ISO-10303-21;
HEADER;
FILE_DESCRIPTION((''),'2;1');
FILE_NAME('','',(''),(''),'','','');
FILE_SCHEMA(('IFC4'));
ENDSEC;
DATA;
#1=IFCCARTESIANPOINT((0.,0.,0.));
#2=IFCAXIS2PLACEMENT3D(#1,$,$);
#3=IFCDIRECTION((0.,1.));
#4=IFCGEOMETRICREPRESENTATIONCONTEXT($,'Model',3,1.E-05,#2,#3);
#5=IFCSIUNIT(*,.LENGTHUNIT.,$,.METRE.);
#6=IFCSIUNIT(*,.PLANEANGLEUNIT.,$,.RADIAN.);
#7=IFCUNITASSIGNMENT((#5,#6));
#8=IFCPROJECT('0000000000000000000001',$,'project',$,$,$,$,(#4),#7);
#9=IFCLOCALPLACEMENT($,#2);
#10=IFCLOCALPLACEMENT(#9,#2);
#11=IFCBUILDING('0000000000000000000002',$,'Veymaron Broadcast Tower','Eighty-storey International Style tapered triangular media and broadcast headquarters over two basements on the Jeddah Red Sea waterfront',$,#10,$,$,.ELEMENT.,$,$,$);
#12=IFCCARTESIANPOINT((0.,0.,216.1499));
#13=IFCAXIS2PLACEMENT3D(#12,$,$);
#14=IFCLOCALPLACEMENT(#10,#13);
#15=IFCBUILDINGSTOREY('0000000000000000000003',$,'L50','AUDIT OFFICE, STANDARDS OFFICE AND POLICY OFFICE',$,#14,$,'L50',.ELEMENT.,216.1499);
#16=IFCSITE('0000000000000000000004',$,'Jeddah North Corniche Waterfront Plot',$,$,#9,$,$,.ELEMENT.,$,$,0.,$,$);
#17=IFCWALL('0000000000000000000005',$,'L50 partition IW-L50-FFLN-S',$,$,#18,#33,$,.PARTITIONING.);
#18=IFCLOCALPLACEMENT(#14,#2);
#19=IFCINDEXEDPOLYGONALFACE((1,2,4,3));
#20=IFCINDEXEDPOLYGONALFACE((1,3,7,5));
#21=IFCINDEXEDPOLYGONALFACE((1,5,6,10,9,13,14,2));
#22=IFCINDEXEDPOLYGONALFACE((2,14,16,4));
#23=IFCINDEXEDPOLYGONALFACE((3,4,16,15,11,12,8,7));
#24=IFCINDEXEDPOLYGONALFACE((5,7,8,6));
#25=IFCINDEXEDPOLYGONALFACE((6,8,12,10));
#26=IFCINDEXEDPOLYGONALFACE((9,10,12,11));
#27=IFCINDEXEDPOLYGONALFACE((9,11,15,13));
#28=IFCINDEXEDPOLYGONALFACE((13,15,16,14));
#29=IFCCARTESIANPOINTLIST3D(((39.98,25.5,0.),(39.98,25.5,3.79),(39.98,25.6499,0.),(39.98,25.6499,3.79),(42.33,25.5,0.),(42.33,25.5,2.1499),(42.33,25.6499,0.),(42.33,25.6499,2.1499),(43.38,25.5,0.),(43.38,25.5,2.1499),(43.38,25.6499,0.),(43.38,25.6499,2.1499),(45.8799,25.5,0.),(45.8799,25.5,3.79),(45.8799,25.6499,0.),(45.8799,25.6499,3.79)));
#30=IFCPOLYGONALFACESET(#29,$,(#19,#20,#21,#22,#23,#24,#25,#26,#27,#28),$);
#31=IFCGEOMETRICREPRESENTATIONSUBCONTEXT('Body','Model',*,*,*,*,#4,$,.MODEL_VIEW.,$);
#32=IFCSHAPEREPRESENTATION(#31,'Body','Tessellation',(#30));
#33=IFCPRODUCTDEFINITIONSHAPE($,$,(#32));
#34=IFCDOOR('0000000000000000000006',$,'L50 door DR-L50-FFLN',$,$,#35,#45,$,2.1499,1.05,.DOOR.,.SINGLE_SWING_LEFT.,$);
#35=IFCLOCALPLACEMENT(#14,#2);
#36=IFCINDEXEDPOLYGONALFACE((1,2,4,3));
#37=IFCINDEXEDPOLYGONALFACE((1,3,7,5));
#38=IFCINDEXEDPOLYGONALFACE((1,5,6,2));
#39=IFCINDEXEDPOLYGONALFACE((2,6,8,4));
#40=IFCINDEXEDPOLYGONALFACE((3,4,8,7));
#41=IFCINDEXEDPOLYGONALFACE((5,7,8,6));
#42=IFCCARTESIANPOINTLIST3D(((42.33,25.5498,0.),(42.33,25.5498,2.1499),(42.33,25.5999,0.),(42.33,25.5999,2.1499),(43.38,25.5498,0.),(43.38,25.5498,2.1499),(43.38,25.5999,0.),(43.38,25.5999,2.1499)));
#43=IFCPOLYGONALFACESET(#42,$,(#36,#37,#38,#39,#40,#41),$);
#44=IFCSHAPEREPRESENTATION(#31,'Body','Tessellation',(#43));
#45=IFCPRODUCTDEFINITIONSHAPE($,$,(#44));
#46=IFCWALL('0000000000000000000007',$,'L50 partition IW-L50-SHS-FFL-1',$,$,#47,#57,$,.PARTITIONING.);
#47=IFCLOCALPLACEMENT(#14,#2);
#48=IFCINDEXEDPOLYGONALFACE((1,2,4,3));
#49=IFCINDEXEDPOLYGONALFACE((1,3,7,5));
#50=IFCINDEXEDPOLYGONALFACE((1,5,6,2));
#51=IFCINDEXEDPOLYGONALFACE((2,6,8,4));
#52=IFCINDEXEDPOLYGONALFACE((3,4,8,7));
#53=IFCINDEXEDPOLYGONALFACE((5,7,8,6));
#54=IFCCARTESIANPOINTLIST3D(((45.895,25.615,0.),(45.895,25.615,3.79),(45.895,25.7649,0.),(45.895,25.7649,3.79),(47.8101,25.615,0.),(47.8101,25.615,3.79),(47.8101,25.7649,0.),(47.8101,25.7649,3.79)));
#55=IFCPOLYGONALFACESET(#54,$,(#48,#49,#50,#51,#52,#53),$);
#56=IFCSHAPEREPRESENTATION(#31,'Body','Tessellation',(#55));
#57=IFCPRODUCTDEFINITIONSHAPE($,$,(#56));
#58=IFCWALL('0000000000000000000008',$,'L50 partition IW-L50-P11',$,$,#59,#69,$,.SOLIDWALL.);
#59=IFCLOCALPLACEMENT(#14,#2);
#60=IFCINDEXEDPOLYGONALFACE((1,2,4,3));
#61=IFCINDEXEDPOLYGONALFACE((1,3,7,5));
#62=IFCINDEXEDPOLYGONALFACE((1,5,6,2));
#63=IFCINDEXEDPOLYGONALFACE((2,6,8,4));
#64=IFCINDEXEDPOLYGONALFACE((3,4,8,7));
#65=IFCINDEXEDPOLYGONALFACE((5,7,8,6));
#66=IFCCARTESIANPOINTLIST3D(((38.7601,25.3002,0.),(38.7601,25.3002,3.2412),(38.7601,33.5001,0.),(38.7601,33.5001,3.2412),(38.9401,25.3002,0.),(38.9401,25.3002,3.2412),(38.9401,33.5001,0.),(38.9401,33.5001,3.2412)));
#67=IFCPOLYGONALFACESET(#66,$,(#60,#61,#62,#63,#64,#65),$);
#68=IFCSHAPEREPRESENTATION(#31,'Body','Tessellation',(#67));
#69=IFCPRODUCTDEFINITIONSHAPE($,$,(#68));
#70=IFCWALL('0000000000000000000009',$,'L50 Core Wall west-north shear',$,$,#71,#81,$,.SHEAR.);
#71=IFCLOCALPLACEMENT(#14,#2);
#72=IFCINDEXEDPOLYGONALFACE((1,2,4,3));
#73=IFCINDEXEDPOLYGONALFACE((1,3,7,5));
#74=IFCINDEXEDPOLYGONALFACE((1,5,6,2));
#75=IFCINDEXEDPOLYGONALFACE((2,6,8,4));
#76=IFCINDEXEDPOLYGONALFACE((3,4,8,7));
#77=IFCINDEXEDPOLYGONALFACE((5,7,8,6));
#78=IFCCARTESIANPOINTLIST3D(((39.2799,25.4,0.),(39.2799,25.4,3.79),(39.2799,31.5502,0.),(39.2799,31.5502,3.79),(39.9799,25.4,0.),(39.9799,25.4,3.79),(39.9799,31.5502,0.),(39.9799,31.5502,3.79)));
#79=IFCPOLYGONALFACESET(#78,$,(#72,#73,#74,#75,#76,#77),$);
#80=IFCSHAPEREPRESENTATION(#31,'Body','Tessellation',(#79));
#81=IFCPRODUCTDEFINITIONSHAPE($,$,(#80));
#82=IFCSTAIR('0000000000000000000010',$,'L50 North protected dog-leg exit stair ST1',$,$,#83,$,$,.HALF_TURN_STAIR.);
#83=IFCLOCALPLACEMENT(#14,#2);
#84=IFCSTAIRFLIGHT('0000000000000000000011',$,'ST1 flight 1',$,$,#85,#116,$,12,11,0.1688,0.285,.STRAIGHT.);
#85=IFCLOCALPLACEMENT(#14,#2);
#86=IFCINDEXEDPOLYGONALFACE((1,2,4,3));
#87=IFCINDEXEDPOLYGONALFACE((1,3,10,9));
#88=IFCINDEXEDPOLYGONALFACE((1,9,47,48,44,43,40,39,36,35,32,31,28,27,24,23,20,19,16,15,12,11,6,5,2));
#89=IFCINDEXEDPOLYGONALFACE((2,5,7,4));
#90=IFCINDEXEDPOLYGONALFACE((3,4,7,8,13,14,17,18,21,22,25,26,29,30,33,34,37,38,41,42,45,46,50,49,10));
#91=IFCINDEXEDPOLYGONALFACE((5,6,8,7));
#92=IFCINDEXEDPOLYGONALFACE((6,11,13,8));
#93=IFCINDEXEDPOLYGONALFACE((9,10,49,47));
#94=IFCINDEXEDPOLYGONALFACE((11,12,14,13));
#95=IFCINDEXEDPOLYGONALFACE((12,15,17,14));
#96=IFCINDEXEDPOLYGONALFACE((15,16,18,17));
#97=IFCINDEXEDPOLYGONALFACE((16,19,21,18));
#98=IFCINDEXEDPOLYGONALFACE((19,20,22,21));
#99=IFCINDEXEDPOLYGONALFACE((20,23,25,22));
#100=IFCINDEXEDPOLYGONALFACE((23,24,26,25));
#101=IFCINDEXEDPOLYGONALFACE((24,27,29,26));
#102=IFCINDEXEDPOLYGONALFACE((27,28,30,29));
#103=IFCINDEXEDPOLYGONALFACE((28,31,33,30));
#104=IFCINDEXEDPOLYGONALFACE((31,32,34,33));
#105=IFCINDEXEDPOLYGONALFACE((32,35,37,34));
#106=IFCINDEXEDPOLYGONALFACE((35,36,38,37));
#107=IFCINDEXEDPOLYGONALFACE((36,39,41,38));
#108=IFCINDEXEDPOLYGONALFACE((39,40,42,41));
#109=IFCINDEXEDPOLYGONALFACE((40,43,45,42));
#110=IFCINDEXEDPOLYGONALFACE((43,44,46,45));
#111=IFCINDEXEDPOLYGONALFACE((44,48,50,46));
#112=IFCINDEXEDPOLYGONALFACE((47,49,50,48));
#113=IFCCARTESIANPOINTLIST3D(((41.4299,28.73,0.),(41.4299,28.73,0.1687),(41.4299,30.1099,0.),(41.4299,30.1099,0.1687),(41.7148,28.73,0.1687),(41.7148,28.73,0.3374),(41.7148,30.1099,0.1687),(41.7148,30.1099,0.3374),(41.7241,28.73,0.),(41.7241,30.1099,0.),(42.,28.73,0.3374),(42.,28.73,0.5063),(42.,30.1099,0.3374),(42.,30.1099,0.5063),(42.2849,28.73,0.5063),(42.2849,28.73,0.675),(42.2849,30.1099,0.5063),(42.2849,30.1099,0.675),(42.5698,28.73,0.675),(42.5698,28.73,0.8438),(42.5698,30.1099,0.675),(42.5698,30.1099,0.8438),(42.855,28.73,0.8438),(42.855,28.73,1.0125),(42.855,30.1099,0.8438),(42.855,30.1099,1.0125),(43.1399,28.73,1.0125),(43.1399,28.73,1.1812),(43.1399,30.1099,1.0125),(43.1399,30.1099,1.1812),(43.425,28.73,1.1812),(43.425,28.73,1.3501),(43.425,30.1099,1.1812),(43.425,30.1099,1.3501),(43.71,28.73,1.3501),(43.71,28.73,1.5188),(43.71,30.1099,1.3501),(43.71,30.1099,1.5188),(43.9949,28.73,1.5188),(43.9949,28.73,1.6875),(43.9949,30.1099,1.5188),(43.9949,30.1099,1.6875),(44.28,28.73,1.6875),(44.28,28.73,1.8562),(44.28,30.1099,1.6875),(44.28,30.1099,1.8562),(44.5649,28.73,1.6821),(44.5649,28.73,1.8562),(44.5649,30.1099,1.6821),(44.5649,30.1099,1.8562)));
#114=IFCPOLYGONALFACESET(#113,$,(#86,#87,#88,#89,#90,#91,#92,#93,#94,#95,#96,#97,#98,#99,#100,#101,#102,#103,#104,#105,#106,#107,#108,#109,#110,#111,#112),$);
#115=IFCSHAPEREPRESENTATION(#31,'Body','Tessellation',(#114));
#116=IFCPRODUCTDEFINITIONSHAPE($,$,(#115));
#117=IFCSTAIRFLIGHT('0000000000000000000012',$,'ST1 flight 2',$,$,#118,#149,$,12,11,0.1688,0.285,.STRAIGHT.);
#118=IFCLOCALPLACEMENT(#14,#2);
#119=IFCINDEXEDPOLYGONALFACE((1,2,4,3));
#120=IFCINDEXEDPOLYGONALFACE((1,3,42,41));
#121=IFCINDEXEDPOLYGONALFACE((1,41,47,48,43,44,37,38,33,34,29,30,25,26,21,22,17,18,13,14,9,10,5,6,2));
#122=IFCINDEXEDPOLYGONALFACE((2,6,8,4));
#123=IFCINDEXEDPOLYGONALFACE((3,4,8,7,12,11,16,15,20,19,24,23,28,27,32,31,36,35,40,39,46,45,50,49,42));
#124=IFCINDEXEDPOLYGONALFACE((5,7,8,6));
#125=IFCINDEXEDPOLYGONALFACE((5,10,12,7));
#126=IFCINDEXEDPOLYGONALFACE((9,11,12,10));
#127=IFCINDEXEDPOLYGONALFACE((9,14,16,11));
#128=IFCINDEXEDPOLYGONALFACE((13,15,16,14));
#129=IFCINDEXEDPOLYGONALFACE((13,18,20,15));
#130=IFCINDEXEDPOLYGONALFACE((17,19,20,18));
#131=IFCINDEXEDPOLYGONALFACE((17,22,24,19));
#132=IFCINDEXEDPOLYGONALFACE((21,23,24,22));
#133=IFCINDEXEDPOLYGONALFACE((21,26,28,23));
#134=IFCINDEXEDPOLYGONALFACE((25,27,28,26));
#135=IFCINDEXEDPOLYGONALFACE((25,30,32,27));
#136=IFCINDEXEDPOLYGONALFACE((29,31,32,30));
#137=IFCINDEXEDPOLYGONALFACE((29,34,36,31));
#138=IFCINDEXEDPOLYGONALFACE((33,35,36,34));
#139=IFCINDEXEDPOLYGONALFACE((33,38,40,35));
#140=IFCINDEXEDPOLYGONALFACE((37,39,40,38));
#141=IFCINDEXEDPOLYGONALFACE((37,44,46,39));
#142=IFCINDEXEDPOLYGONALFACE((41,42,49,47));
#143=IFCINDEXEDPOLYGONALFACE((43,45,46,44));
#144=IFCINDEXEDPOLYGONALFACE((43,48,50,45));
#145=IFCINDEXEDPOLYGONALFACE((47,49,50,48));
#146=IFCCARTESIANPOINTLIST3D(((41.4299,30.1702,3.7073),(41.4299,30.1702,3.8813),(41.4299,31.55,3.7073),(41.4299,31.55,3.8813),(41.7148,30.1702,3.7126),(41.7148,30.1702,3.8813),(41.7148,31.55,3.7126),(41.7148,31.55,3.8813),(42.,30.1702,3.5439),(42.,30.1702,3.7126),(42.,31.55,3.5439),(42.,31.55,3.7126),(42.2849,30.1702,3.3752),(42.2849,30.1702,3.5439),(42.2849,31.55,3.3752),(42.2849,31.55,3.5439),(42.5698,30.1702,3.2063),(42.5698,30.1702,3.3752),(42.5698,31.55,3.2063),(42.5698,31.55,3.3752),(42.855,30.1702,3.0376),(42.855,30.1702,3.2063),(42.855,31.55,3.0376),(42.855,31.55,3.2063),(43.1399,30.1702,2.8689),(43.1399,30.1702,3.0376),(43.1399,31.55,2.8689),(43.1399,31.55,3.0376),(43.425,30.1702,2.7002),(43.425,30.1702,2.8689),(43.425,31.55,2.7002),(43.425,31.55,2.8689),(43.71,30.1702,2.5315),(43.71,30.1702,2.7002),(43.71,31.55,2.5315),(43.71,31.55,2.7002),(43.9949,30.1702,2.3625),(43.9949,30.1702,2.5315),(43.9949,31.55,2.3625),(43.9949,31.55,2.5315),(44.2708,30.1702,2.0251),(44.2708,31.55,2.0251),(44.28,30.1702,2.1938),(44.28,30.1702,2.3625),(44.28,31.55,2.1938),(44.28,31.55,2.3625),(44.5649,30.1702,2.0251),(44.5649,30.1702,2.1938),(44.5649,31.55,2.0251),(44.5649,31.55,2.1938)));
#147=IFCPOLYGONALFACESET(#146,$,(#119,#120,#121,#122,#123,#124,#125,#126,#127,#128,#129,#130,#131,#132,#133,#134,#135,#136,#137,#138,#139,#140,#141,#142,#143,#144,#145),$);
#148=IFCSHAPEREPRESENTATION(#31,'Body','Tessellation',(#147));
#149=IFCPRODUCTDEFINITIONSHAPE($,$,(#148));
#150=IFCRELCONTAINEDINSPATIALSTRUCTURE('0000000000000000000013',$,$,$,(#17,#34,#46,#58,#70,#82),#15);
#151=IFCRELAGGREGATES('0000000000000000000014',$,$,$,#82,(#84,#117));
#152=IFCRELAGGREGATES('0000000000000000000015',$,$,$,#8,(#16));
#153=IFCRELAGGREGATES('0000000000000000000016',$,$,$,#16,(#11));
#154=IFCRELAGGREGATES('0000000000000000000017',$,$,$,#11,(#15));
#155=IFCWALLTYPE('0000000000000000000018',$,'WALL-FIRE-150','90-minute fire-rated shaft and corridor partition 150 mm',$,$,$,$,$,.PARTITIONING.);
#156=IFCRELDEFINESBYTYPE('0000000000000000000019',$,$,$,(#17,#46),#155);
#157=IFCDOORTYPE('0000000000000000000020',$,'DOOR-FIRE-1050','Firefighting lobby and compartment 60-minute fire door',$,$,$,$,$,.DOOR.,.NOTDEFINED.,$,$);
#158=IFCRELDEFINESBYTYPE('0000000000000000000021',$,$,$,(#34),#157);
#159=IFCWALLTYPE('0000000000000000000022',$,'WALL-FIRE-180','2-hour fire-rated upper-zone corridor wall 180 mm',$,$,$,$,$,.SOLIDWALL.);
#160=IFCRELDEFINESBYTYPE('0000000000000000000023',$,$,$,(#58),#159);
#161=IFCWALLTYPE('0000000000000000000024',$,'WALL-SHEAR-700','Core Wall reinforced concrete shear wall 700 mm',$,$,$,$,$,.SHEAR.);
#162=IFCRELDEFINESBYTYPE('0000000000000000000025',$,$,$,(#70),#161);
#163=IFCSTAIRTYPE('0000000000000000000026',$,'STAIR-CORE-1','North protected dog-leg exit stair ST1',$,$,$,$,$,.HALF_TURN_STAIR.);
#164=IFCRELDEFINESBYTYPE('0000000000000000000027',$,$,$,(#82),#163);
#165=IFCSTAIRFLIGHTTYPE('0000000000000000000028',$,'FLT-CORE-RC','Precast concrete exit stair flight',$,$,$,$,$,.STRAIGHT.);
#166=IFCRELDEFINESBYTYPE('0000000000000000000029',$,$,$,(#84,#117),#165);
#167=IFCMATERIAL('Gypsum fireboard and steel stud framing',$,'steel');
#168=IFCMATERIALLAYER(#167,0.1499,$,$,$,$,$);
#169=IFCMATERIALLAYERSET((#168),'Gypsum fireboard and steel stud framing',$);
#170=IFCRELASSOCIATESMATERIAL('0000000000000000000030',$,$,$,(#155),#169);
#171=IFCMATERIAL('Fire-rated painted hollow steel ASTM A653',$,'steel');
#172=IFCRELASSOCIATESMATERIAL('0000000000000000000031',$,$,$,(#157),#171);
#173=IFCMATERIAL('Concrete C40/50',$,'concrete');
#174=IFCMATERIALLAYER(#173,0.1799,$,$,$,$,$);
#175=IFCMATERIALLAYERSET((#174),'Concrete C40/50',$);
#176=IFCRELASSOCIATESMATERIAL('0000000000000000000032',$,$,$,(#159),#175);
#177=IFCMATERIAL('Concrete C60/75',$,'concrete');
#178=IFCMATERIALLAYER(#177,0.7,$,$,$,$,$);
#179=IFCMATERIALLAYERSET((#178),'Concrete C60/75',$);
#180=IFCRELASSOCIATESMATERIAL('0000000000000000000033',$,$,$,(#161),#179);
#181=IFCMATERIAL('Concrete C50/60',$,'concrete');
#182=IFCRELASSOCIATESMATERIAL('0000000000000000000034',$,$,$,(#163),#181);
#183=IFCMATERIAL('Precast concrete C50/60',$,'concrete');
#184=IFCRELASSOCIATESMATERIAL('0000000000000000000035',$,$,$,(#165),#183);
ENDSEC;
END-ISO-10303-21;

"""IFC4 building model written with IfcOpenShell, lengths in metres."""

from ifc_helpers import new_model, si_unit, direction, frame, frame_2d, origin, place, context, subcontext, project, spatial, polyline, rectangle, outline, extrude, material, layer, layer_set, type_object, element, fill, aggregate, save


model = new_model("IFC4")

# Units and contexts
model_context = context("Model", 3, precision=1e-05, world=origin(), true_north=direction((0.0, 1.0)))
body_context = subcontext(model_context, "Body", "Model", "MODEL_VIEW")
ifc_project = project(units=[si_unit("LENGTHUNIT", "METRE"), si_unit("PLANEANGLEUNIT", "RADIAN")], contexts=[model_context])

# Site, building, storey
site_placement = place(None, origin())
site = spatial("IfcSite", under=ifc_project, at=site_placement, Name="Jeddah North Corniche Waterfront Plot", CompositionType="ELEMENT", RefElevation=0.0)
building_placement = place(site_placement, origin())
building = spatial("IfcBuilding", under=site, at=building_placement, Name="Veymaron Broadcast Tower", Description="Eighty-storey International Style tapered triangular media and broadcast headquarters over two basements on the Jeddah Red Sea waterfront", CompositionType="ELEMENT")
storey_placement = place(building_placement, frame((0.0, 0.0, 216.1499)))
storey = spatial("IfcBuildingStorey", under=building, at=storey_placement, Name="L50", Description="AUDIT OFFICE, STANDARDS OFFICE AND POLICY OFFICE", LongName="L50", CompositionType="ELEMENT", Elevation=216.1499)

# Wall, opening, door
ifc_material_1 = material(Name="Gypsum fireboard and steel stud framing", Category="steel")
ifc_layer_1 = layer(ifc_material_1, 0.1499)
ifc_layer_set_1 = layer_set([ifc_layer_1], Name="Gypsum fireboard and steel stud framing")
wall_type_1 = type_object("IfcWallType", Name="WALL-FIRE-150", Description="90-minute fire-rated shaft and corridor partition 150 mm", PredefinedType="PARTITIONING", material=ifc_layer_set_1)
wall_1_placement = place(storey_placement, frame((39.98, 25.575, 0.0), z_axis=(0.0, 0.0, 1.0), x_axis=(1.0, 0.0, 0.0)))
wall_1 = element("IfcWall", 1, at=wall_1_placement, inside=storey, type_object=wall_type_1, Name="L50 partition IW-L50-FFLN-S", PredefinedType="PARTITIONING", context=body_context, shape_type="SweptSolid", body=[
    extrude(rectangle(XDim=5.8999, YDim=0.1499, at=frame_2d((2.95, 0.0))), origin(), (0.0, 0.0, 1.0), 3.79),
])
opening_1_placement = place(wall_1_placement, frame((2.3501, 0.0, 0.0)))
opening_1 = element("IfcOpeningElement", 2, at=opening_1_placement, cuts=wall_1, PredefinedType="OPENING", context=body_context, shape_type="SweptSolid", body=[
    extrude(rectangle(XDim=1.05, YDim=2.1499, at=frame_2d((0.5249, 1.075))), frame((0.0, 0.085, 0.0), z_axis=(0.0, -1.0, 0.0), x_axis=(1.0, 0.0, 0.0)), (0.0, 0.0, 1.0), 0.1699),
])
ifc_material_2 = material(Name="Fire-rated painted hollow steel ASTM A653", Category="steel")
door_type_1 = type_object("IfcDoorType", Name="DOOR-FIRE-1050", Description="Firefighting lobby and compartment 60-minute fire door", OperationType="NOTDEFINED", PredefinedType="DOOR", material=ifc_material_2)
door_1_placement = place(opening_1_placement, origin())
door_1 = element("IfcDoor", 3, at=door_1_placement, inside=storey, type_object=door_type_1, Name="L50 door DR-L50-FFLN", OperationType="SINGLE_SWING_LEFT", OverallHeight=2.1499, OverallWidth=1.05, PredefinedType="DOOR", context=body_context, shape_type="SweptSolid", body=[
    extrude(rectangle(XDim=1.05, YDim=2.1499, at=frame_2d((0.5249, 1.075))), frame((0.0, 0.0249, 0.0), z_axis=(0.0, -1.0, 0.0), x_axis=(1.0, 0.0, 0.0)), (0.0, 0.0, 1.0), 0.05),
])
fill(opening_1, door_1)

# Walls
wall_2_placement = place(storey_placement, frame((45.895, 25.6899, 0.0), z_axis=(0.0, 0.0, 1.0), x_axis=(1.0, 0.0, 0.0)))
element("IfcWall", 4, at=wall_2_placement, inside=storey, type_object=wall_type_1, Name="L50 partition IW-L50-SHS-FFL-1", PredefinedType="PARTITIONING", context=body_context, shape_type="SweptSolid", body=[
    extrude(rectangle(XDim=1.915, YDim=0.1499, at=frame_2d((0.9575, 0.0))), origin(), (0.0, 0.0, 1.0), 3.79),
])
ifc_material_3 = material(Name="Concrete C40/50", Category="concrete")
ifc_layer_2 = layer(ifc_material_3, 0.1799)
ifc_layer_set_2 = layer_set([ifc_layer_2], Name="Concrete C40/50")
wall_type_2 = type_object("IfcWallType", Name="WALL-FIRE-180", Description="2-hour fire-rated upper-zone corridor wall 180 mm", PredefinedType="SOLIDWALL", material=ifc_layer_set_2)
wall_3_placement = place(storey_placement, frame((38.8501, 25.3, 0.0), z_axis=(0.0, 0.0, 1.0), x_axis=(0.0, 1.0, 0.0)))
element("IfcWall", 5, at=wall_3_placement, inside=storey, type_object=wall_type_2, Name="L50 partition IW-L50-P11", PredefinedType="SOLIDWALL", context=body_context, shape_type="SweptSolid", body=[
    extrude(rectangle(XDim=8.2, YDim=0.1799, at=frame_2d((4.1001, 0.0))), origin(), (0.0, 0.0, 1.0), 3.2412),
])

# Shared definitions
ifc_material_4 = material(Name="Concrete C50/60", Category="concrete")

# Wall
ifc_material_5 = material(Name="Concrete C60/75", Category="concrete")
ifc_layer_3 = layer(ifc_material_5, 0.7)
ifc_layer_set_3 = layer_set([ifc_layer_3], Name="Concrete C60/75")
wall_type_3 = type_object("IfcWallType", Name="WALL-SHEAR-700", Description="Core Wall reinforced concrete shear wall 700 mm", PredefinedType="SHEAR", material=ifc_layer_set_3)
wall_4_placement = place(storey_placement, frame((39.6299, 25.3999, 0.0), z_axis=(0.0, 0.0, 1.0), x_axis=(0.0, 1.0, 0.0)))
element("IfcWall", 6, at=wall_4_placement, inside=storey, type_object=wall_type_3, Name="L50 Core Wall west-north shear", PredefinedType="SHEAR", context=body_context, shape_type="SweptSolid", body=[
    extrude(rectangle(XDim=6.1501, YDim=0.7, at=frame_2d((3.0752, 0.0))), origin(), (0.0, 0.0, 1.0), 3.79),
])

# Stair, stair flights
stair_type = type_object("IfcStairType", Name="STAIR-CORE-1", Description="North protected dog-leg exit stair ST1", PredefinedType="HALF_TURN_STAIR", material=ifc_material_4)
stair_placement = place(storey_placement, origin())
stair = element("IfcStair", 7, at=stair_placement, inside=storey, type_object=stair_type, Name="L50 North protected dog-leg exit stair ST1", PredefinedType="HALF_TURN_STAIR")
ifc_material_6 = material(Name="Precast concrete C50/60", Category="concrete")
stair_flight_type = type_object("IfcStairFlightType", Name="FLT-CORE-RC", Description="Precast concrete exit stair flight", PredefinedType="STRAIGHT", material=ifc_material_6)
stair_flight_1_placement = place(storey_placement, frame((41.4299, 29.4199, 0.0), z_axis=(0.0, 0.0, 1.0), x_axis=(1.0, 0.0, 0.0)))
stair_flight_1 = element("IfcStairFlight", 8, at=stair_flight_1_placement, type_object=stair_flight_type, Name="ST1 flight 1", NumberOfRisers=12, NumberOfTreads=11, PredefinedType="STRAIGHT", RiserHeight=0.1688, TreadLength=0.285, context=body_context, shape_type="SweptSolid", body=[
    extrude(outline(polyline([(0.0, 0.0), (0.0, 0.1687), (0.2849, 0.1687), (0.2849, 0.3374), (0.5701, 0.3374), (0.5701, 0.5063), (0.855, 0.5063), (0.855, 0.675), (1.1399, 0.675), (1.1399, 0.8438), (1.425, 0.8438), (1.425, 1.0125), (1.71, 1.0125), (1.71, 1.1812), (1.9951, 1.1812), (1.9951, 1.3501), (2.28, 1.3501), (2.28, 1.5188), (2.5649, 1.5188), (2.5649, 1.6875), (2.8501, 1.6875), (2.8501, 1.8562), (3.135, 1.8562), (3.135, 2.0249), (3.135, 1.6821), (0.2942, 0.0), (0.0, 0.0)])), frame((0.0, 0.6899, 0.0), z_axis=(0.0, -1.0, 0.0), x_axis=(1.0, 0.0, 0.0)), (0.0, 0.0, 1.0), 1.3799),
])
stair_flight_2_placement = place(storey_placement, frame((44.5649, 30.8601, 2.0251), z_axis=(0.0, 0.0, 1.0), x_axis=(-1.0, 0.0, 0.0)))
stair_flight_2 = element("IfcStairFlight", 9, at=stair_flight_2_placement, type_object=stair_flight_type, Name="ST1 flight 2", NumberOfRisers=12, NumberOfTreads=11, PredefinedType="STRAIGHT", RiserHeight=0.1688, TreadLength=0.285, context=body_context, shape_type="SweptSolid", body=[
    extrude(outline(polyline([(0.0, 0.0), (0.0, 0.1687), (0.2849, 0.1687), (0.2849, 0.3374), (0.5701, 0.3374), (0.5701, 0.5063), (0.855, 0.5063), (0.855, 0.675), (1.1399, 0.675), (1.1399, 0.8438), (1.425, 0.8438), (1.425, 1.0125), (1.71, 1.0125), (1.71, 1.1812), (1.9951, 1.1812), (1.9951, 1.3501), (2.28, 1.3501), (2.28, 1.5188), (2.5649, 1.5188), (2.5649, 1.6875), (2.8501, 1.6875), (2.8501, 1.8562), (3.135, 1.8562), (3.135, 2.0249), (3.135, 1.6821), (0.2942, 0.0), (0.0, 0.0)])), frame((0.0, 0.6899, 0.0), z_axis=(0.0, -1.0, 0.0), x_axis=(1.0, 0.0, 0.0)), (0.0, 0.0, 1.0), 1.3799),
])
aggregate(stair, [stair_flight_1, stair_flight_2])

save(model, "model.ifc")
